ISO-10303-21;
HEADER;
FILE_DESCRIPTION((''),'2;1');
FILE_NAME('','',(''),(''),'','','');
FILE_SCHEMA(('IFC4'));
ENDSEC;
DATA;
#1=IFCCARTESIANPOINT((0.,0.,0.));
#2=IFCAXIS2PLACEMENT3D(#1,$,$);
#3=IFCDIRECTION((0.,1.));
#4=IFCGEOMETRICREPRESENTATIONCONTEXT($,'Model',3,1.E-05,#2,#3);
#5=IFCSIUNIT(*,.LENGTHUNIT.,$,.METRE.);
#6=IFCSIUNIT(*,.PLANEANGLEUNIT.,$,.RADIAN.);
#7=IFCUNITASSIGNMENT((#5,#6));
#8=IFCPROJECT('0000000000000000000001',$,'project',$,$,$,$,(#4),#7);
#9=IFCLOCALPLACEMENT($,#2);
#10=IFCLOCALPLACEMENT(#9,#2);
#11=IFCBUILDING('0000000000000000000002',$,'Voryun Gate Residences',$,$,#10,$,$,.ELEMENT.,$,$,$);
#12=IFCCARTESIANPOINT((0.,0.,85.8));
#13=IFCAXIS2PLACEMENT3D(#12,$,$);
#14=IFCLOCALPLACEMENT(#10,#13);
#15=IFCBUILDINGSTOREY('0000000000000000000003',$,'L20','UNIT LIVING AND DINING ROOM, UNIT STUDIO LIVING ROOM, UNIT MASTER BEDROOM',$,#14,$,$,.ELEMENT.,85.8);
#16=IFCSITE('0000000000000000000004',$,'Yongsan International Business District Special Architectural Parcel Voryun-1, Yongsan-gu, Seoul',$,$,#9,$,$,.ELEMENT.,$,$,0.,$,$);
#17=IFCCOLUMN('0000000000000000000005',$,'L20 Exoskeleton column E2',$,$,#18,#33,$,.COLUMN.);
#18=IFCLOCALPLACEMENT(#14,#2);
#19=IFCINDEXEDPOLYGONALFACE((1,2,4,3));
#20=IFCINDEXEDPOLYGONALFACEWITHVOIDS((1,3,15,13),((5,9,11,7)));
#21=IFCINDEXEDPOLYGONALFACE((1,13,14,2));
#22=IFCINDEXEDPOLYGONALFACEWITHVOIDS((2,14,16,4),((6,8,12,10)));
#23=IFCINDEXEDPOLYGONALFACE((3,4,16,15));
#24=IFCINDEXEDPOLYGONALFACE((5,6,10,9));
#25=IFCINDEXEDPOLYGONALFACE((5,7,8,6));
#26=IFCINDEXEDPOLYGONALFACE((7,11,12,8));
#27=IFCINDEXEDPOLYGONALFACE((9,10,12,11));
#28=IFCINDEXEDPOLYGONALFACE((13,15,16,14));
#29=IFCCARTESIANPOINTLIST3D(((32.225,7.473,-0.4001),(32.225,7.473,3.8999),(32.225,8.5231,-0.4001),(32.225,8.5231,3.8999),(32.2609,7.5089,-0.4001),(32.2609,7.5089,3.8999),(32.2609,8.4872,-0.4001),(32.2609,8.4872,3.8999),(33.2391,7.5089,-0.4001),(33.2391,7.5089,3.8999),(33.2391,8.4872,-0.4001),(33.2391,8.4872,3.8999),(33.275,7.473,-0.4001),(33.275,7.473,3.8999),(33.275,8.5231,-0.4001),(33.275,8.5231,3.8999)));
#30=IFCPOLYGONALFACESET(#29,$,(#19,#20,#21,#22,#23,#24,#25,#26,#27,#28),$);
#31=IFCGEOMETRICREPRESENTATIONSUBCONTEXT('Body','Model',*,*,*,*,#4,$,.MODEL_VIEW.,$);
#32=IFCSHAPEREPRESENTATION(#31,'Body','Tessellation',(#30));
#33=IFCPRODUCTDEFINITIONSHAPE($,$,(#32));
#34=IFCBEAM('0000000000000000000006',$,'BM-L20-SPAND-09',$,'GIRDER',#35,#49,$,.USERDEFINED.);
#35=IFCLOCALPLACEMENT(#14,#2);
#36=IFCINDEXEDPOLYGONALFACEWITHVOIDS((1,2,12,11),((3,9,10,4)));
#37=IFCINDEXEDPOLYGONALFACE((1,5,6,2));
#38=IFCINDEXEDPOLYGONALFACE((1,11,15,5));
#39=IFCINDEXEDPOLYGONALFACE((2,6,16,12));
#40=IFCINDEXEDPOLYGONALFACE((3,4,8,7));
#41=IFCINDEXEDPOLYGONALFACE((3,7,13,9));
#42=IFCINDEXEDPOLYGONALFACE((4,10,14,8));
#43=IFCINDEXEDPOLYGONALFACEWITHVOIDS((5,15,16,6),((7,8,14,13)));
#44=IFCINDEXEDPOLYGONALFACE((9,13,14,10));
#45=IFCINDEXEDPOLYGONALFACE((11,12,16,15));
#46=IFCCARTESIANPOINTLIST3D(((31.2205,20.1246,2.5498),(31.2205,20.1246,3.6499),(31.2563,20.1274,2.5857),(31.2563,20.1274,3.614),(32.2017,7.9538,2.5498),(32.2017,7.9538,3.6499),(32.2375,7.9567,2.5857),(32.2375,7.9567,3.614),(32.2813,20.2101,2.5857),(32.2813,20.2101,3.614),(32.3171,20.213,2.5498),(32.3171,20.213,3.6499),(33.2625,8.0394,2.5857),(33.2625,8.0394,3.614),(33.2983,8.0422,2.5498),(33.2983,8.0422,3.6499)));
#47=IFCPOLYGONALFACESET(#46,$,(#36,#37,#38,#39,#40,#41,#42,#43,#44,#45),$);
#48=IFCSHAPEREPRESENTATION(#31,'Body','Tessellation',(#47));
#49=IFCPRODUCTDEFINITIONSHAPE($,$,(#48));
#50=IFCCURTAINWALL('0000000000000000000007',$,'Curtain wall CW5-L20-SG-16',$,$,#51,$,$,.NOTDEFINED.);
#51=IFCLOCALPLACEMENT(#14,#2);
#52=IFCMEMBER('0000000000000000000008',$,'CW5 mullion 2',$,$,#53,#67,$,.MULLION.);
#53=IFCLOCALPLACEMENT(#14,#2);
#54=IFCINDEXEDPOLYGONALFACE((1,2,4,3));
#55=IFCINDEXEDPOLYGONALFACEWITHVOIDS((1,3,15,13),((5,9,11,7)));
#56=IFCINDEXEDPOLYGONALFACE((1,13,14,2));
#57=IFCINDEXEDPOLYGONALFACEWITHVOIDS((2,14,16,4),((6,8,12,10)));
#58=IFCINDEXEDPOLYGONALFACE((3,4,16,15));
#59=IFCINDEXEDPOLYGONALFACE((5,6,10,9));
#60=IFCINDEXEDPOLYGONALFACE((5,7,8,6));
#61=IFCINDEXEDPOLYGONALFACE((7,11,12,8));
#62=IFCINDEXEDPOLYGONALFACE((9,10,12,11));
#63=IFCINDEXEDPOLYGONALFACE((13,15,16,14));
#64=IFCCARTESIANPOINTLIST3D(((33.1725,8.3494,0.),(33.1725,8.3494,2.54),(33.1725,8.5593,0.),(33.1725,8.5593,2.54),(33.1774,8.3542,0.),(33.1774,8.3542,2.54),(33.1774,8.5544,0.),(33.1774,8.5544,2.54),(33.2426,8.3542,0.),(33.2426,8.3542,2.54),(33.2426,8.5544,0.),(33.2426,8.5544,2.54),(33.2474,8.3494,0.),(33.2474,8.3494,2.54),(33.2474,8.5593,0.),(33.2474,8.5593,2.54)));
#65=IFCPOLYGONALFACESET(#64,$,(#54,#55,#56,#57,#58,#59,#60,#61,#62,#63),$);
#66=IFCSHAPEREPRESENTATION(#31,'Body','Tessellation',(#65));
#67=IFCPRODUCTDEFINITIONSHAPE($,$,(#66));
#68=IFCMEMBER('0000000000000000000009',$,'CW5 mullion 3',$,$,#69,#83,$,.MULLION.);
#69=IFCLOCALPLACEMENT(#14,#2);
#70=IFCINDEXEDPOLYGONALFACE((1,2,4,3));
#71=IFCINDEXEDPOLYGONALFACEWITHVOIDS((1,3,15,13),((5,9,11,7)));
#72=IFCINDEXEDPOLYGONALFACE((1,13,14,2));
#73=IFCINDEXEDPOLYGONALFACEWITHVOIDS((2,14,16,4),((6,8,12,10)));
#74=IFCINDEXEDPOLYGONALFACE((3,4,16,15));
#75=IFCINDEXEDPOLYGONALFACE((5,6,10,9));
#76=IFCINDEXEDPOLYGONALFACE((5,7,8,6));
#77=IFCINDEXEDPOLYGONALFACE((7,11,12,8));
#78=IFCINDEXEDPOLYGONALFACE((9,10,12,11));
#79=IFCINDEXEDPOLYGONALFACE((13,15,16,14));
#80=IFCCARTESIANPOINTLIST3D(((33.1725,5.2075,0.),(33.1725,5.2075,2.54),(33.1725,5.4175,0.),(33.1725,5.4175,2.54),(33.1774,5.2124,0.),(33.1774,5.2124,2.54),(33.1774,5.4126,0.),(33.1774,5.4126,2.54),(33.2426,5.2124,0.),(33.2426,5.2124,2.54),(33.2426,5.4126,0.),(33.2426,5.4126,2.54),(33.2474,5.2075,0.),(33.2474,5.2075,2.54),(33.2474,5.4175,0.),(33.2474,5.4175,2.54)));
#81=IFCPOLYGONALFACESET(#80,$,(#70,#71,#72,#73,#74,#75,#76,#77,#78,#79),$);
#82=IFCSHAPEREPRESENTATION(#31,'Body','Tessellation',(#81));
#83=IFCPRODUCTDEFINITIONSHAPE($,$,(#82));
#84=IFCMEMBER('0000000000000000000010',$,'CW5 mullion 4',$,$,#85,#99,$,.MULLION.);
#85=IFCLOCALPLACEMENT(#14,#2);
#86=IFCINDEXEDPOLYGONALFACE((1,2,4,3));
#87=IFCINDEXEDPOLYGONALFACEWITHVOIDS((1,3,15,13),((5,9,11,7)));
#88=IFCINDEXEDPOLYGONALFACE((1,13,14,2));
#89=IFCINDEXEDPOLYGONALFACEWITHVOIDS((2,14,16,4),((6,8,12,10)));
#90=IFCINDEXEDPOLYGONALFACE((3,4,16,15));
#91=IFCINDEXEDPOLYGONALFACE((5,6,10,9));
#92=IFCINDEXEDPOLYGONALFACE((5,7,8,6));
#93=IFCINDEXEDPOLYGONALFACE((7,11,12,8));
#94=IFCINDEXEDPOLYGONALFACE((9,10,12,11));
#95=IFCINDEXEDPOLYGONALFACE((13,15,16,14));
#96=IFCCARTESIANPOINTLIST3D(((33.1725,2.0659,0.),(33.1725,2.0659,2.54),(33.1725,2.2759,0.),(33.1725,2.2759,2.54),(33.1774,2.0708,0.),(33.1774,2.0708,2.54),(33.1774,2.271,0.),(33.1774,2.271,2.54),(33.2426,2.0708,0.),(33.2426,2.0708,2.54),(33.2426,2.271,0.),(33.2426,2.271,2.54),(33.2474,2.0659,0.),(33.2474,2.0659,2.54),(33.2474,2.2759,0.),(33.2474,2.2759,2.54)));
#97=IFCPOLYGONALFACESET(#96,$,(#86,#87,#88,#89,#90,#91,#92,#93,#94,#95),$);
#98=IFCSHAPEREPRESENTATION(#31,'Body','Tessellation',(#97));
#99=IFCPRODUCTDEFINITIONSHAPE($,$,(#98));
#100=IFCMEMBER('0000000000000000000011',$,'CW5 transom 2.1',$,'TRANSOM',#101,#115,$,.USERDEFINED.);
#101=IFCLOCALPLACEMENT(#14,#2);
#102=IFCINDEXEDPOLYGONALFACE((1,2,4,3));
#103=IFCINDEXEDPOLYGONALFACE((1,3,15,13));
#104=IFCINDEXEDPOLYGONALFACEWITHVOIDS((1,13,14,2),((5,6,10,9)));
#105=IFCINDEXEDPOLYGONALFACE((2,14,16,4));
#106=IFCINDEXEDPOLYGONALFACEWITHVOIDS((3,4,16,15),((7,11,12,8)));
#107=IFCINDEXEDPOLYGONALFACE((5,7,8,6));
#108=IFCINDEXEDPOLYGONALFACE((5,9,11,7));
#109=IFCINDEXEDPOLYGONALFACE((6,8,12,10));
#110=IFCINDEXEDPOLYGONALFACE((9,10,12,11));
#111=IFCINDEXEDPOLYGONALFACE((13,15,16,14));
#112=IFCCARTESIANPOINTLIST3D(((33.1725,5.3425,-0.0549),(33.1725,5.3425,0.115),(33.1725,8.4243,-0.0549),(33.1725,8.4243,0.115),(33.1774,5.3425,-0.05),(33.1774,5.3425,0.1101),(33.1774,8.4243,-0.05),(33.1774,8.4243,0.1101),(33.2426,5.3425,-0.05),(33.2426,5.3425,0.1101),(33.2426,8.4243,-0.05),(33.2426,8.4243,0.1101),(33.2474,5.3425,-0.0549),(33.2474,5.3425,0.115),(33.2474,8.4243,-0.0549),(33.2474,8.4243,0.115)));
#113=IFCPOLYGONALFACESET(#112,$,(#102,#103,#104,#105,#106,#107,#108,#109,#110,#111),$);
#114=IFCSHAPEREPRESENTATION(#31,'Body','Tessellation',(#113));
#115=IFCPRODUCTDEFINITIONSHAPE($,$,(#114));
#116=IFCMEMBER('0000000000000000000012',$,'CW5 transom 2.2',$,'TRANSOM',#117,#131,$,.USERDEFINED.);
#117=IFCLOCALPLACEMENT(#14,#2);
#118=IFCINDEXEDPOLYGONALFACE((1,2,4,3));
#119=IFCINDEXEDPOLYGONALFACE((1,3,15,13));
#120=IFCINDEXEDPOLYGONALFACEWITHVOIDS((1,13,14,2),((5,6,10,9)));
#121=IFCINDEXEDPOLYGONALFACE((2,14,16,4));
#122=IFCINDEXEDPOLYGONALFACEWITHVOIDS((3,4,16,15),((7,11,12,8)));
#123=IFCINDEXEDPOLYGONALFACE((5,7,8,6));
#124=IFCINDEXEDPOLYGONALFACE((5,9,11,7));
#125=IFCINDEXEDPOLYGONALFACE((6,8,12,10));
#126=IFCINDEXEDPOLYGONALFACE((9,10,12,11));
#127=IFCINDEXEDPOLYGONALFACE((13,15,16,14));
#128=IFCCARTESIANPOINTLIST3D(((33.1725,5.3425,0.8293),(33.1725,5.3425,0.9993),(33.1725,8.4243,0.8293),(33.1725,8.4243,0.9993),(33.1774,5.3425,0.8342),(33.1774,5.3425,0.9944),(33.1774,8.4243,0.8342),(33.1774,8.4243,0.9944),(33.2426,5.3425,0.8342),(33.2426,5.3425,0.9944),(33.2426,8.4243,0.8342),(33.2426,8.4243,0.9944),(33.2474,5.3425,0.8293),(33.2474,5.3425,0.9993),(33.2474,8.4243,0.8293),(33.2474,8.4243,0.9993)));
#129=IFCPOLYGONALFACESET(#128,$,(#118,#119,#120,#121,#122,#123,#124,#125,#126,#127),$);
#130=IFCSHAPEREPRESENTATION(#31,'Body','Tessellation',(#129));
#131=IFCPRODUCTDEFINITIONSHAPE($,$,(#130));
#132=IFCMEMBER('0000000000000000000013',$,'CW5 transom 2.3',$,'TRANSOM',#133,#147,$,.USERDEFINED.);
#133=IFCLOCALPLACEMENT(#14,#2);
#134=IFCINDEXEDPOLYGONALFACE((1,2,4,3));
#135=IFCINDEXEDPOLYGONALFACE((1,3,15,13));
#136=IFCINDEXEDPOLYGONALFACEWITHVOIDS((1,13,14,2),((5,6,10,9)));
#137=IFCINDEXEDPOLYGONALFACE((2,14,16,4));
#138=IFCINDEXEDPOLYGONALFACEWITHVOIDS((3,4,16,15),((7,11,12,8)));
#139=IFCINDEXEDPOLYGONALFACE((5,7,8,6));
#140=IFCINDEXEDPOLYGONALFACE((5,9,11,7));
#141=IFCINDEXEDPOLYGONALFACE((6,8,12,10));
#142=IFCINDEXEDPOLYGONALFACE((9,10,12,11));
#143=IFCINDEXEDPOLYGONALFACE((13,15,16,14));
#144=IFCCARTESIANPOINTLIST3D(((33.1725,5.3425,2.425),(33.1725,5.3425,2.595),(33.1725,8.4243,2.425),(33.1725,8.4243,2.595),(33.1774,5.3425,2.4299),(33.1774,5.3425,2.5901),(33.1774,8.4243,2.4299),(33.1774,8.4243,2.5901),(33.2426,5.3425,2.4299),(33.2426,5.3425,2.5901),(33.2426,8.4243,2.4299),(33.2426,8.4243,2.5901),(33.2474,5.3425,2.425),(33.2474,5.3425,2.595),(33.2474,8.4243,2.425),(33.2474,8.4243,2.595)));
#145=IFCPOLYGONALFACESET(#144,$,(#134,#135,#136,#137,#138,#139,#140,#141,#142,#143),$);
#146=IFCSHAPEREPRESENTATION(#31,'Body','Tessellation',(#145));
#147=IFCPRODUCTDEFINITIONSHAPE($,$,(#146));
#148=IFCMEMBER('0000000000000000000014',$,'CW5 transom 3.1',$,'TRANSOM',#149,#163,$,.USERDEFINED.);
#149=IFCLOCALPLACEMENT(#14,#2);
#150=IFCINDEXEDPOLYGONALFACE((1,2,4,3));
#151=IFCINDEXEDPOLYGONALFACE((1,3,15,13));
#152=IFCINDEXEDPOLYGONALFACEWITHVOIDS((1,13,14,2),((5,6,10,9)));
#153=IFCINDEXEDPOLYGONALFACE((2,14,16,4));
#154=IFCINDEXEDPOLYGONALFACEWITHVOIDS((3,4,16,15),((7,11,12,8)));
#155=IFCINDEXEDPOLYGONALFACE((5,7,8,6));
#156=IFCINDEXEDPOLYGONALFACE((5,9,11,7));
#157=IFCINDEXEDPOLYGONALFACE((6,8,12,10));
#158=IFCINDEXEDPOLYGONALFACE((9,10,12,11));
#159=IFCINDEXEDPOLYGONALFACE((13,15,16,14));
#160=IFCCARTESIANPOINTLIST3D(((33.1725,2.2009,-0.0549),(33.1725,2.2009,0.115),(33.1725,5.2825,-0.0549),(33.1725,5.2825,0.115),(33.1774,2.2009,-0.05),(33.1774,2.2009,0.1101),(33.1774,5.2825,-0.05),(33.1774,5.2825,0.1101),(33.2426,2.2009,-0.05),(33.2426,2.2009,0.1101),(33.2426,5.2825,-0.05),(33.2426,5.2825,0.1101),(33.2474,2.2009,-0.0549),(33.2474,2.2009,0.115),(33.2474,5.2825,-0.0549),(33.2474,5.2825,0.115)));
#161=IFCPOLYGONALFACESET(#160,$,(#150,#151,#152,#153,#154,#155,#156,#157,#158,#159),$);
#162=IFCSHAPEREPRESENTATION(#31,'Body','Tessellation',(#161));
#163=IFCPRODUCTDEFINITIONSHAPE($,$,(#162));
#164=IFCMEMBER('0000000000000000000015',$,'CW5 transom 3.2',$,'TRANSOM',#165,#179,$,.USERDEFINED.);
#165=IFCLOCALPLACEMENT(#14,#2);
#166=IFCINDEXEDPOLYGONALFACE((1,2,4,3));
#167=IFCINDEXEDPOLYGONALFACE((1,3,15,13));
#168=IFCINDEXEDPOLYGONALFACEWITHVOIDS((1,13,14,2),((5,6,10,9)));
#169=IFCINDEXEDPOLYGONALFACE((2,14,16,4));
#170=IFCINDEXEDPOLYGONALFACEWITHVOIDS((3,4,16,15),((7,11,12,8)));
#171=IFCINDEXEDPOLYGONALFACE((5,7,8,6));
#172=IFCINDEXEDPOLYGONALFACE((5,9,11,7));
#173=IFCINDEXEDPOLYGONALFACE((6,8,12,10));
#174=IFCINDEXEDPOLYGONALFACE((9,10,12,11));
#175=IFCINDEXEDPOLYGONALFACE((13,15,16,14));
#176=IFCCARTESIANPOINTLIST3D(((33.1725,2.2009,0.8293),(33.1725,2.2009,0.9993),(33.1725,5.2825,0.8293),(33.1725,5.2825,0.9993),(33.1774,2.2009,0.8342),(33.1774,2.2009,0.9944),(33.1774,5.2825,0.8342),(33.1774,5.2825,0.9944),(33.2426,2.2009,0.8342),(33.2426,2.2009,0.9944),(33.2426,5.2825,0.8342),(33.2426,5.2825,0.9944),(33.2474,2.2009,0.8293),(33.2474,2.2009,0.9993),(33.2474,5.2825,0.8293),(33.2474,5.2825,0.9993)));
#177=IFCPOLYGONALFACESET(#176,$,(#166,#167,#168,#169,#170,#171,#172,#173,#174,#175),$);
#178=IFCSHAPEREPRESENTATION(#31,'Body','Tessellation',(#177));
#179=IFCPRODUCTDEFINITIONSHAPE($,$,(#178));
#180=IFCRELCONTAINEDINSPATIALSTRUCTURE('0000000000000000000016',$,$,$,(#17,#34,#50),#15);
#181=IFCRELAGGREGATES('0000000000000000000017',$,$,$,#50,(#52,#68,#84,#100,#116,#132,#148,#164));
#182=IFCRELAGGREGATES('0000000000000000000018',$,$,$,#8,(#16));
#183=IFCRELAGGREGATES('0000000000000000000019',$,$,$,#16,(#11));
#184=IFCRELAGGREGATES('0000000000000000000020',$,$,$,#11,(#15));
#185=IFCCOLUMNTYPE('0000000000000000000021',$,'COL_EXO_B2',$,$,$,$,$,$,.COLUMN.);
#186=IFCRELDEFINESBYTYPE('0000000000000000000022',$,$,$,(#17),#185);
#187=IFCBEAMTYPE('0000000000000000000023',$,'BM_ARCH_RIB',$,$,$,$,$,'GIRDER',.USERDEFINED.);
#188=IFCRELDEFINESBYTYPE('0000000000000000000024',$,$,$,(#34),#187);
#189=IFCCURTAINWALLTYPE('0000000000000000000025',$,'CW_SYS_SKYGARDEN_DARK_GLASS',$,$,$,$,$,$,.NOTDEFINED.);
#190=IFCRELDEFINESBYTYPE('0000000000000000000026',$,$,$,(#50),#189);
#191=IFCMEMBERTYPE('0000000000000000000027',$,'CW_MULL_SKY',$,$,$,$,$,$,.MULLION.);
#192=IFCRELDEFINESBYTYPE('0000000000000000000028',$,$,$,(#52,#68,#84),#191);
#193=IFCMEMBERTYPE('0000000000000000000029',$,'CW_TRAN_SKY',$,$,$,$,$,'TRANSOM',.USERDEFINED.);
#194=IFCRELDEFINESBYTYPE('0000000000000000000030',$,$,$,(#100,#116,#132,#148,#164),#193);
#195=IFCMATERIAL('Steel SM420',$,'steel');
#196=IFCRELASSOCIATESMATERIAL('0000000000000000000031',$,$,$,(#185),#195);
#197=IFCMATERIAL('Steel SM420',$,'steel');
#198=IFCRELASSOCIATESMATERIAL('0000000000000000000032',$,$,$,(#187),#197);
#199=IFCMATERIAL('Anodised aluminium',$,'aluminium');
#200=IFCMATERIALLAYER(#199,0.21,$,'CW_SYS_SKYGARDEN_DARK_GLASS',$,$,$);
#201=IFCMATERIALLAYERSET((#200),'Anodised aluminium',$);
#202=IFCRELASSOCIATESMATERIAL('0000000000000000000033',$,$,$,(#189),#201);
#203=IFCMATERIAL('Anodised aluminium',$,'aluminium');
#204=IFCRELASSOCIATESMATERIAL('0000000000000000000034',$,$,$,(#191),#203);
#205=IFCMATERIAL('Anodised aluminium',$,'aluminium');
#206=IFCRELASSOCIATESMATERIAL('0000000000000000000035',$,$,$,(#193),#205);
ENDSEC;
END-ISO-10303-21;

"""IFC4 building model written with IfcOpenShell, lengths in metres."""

from ifc_helpers import new_model, si_unit, direction, frame, origin, origin_2d, place, context, subcontext, project, spatial, hollow_rectangle, extrude, material, layer, layer_set, material_profile, profile_set, type_object, element, aggregate, save


model = new_model("IFC4")

# Units and contexts
model_context = context("Model", 3, precision=1e-05, world=origin(), true_north=direction((0.0, 1.0)))
body_context = subcontext(model_context, "Body", "Model", "MODEL_VIEW")
ifc_project = project(units=[si_unit("LENGTHUNIT", "METRE"), si_unit("PLANEANGLEUNIT", "RADIAN")], contexts=[model_context])

# Site, building, storey
site_placement = place(None, origin())
site = spatial("IfcSite", under=ifc_project, at=site_placement, Name="Yongsan International Business District Special Architectural Parcel Voryun-1, Yongsan-gu, Seoul", CompositionType="ELEMENT", RefElevation=0.0)
building_placement = place(site_placement, origin())
building = spatial("IfcBuilding", under=site, at=building_placement, Name="Voryun Gate Residences", CompositionType="ELEMENT")
storey_placement = place(building_placement, frame((0.0, 0.0, 85.8)))
storey = spatial("IfcBuildingStorey", under=building, at=storey_placement, Name="L20", Description="UNIT LIVING AND DINING ROOM, UNIT STUDIO LIVING ROOM, UNIT MASTER BEDROOM", CompositionType="ELEMENT", Elevation=85.8)

# Column
ifc_material_1 = material(Name="Steel SM420", Category="steel")
ifc_material_profile_1 = material_profile(ifc_material_1, hollow_rectangle(XDim=1.05, YDim=1.05, WallThickness=0.0359, at=origin_2d()), Name="BOX-1050x1050x36")
ifc_profile_set_1 = profile_set([ifc_material_profile_1], Name="Steel SM420")
column_type = type_object("IfcColumnType", Name="COL_EXO_B2", PredefinedType="COLUMN", material=ifc_profile_set_1)
column_placement = place(storey_placement, frame((32.75, 7.998, -0.4001), z_axis=(0.0, 0.0, 1.0), x_axis=(1.0, 0.0, 0.0)))
element("IfcColumn", 1, at=column_placement, inside=storey, type_object=column_type, Name="L20 Exoskeleton column E2", PredefinedType="COLUMN", context=body_context, shape_type="SweptSolid", body=[
    extrude(hollow_rectangle(XDim=1.05, YDim=1.05, WallThickness=0.0359, at=origin_2d()), origin(), (0.0, 0.0, 1.0), 4.3),
])

# Beam
ifc_material_2 = material(Name="Steel SM420", Category="steel")
ifc_material_profile_2 = material_profile(ifc_material_2, hollow_rectangle(XDim=1.1001, YDim=1.1001, WallThickness=0.0359, at=origin_2d()), Name="BOX-1100x1100x36")
ifc_profile_set_2 = profile_set([ifc_material_profile_2], Name="Steel SM420")
beam_type = type_object("IfcBeamType", Name="BM_ARCH_RIB", ElementType="GIRDER", PredefinedType="USERDEFINED", material=ifc_profile_set_2)
beam_placement = place(storey_placement, frame((32.75, 7.998, 3.0999), z_axis=(-0.08036, 0.996766, 0.0), x_axis=(-0.996766, -0.08036, 0.0)))
element("IfcBeam", 2, at=beam_placement, inside=storey, type_object=beam_type, Name="BM-L20-SPAND-09", ObjectType="GIRDER", PredefinedType="USERDEFINED", context=body_context, shape_type="SweptSolid", body=[
    extrude(hollow_rectangle(XDim=1.1001, YDim=1.1001, WallThickness=0.0359, at=origin_2d()), origin(), (0.0, 0.0, 1.0), 12.2102),
])

# Curtain wall, members
ifc_material_3 = material(Name="Anodised aluminium", Category="aluminium")
ifc_layer_1 = layer(ifc_material_3, 0.21, Name="CW_SYS_SKYGARDEN_DARK_GLASS")
ifc_layer_set_1 = layer_set([ifc_layer_1], Name="Anodised aluminium")
curtain_wall_type = type_object("IfcCurtainWallType", Name="CW_SYS_SKYGARDEN_DARK_GLASS", PredefinedType="NOTDEFINED", material=ifc_layer_set_1)
curtain_wall_placement = place(storey_placement, origin())
curtain_wall = element("IfcCurtainWall", 3, at=curtain_wall_placement, inside=storey, type_object=curtain_wall_type, Name="Curtain wall CW5-L20-SG-16", PredefinedType="NOTDEFINED")
ifc_material_4 = material(Name="Anodised aluminium", Category="aluminium")
ifc_material_profile_3 = material_profile(ifc_material_4, hollow_rectangle(XDim=0.075, YDim=0.21, WallThickness=0.0049, at=origin_2d()), Name="ALU-MULL-210x75x5")
ifc_profile_set_3 = profile_set([ifc_material_profile_3], Name="Anodised aluminium")
member_type_1 = type_object("IfcMemberType", Name="CW_MULL_SKY", PredefinedType="MULLION", material=ifc_profile_set_3)
member_1_placement = place(storey_placement, frame((33.21, 8.4543, 0.0), z_axis=(0.0, 0.0, 1.0), x_axis=(1.0, 0.0, 0.0)))
member_1 = element("IfcMember", 4, at=member_1_placement, type_object=member_type_1, Name="CW5 mullion 2", PredefinedType="MULLION", context=body_context, shape_type="SweptSolid", body=[
    extrude(hollow_rectangle(XDim=0.075, YDim=0.21, WallThickness=0.0049, at=origin_2d()), origin(), (0.0, 0.0, 1.0), 2.54),
])
member_2_placement = place(storey_placement, frame((33.21, 5.3125, 0.0), z_axis=(0.0, 0.0, 1.0), x_axis=(1.0, 0.0, 0.0)))
member_2 = element("IfcMember", 5, at=member_2_placement, type_object=member_type_1, Name="CW5 mullion 3", PredefinedType="MULLION", context=body_context, shape_type="SweptSolid", body=[
    extrude(hollow_rectangle(XDim=0.075, YDim=0.21, WallThickness=0.0049, at=origin_2d()), origin(), (0.0, 0.0, 1.0), 2.54),
])
member_3_placement = place(storey_placement, frame((33.21, 2.1709, 0.0), z_axis=(0.0, 0.0, 1.0), x_axis=(1.0, 0.0, 0.0)))
member_3 = element("IfcMember", 6, at=member_3_placement, type_object=member_type_1, Name="CW5 mullion 4", PredefinedType="MULLION", context=body_context, shape_type="SweptSolid", body=[
    extrude(hollow_rectangle(XDim=0.075, YDim=0.21, WallThickness=0.0049, at=origin_2d()), origin(), (0.0, 0.0, 1.0), 2.54),
])
ifc_material_5 = material(Name="Anodised aluminium", Category="aluminium")
ifc_material_profile_4 = material_profile(ifc_material_5, hollow_rectangle(XDim=0.075, YDim=0.1699, WallThickness=0.0049, at=origin_2d()), Name="ALU-TRAN-170x75x5")
ifc_profile_set_4 = profile_set([ifc_material_profile_4], Name="Anodised aluminium")
member_type_2 = type_object("IfcMemberType", Name="CW_TRAN_SKY", ElementType="TRANSOM", PredefinedType="USERDEFINED", material=ifc_profile_set_4)
member_4_placement = place(storey_placement, frame((33.21, 8.4243, 0.03), z_axis=(0.0, -1.0, 0.0), x_axis=(1.0, 0.0, 0.0)))
member_4 = element("IfcMember", 7, at=member_4_placement, type_object=member_type_2, Name="CW5 transom 2.1", ObjectType="TRANSOM", PredefinedType="USERDEFINED", context=body_context, shape_type="SweptSolid", body=[
    extrude(hollow_rectangle(XDim=0.075, YDim=0.1699, WallThickness=0.0049, at=origin_2d()), origin(), (0.0, 0.0, 1.0), 3.0818),
])
member_5_placement = place(storey_placement, frame((33.21, 8.4243, 0.9143), z_axis=(0.0, -1.0, 0.0), x_axis=(1.0, 0.0, 0.0)))
member_5 = element("IfcMember", 8, at=member_5_placement, type_object=member_type_2, Name="CW5 transom 2.2", ObjectType="TRANSOM", PredefinedType="USERDEFINED", context=body_context, shape_type="SweptSolid", body=[
    extrude(hollow_rectangle(XDim=0.075, YDim=0.1699, WallThickness=0.0049, at=origin_2d()), origin(), (0.0, 0.0, 1.0), 3.0818),
])
member_6_placement = place(storey_placement, frame((33.21, 8.4243, 2.51), z_axis=(0.0, -1.0, 0.0), x_axis=(1.0, 0.0, 0.0)))
member_6 = element("IfcMember", 9, at=member_6_placement, type_object=member_type_2, Name="CW5 transom 2.3", ObjectType="TRANSOM", PredefinedType="USERDEFINED", context=body_context, shape_type="SweptSolid", body=[
    extrude(hollow_rectangle(XDim=0.075, YDim=0.1699, WallThickness=0.0049, at=origin_2d()), origin(), (0.0, 0.0, 1.0), 3.0818),
])
member_7_placement = place(storey_placement, frame((33.21, 5.2825, 0.03), z_axis=(0.0, -1.0, 0.0), x_axis=(1.0, 0.0, 0.0)))
member_7 = element("IfcMember", 10, at=member_7_placement, type_object=member_type_2, Name="CW5 transom 3.1", ObjectType="TRANSOM", PredefinedType="USERDEFINED", context=body_context, shape_type="SweptSolid", body=[
    extrude(hollow_rectangle(XDim=0.075, YDim=0.1699, WallThickness=0.0049, at=origin_2d()), origin(), (0.0, 0.0, 1.0), 3.0815),
])
member_8_placement = place(storey_placement, frame((33.21, 5.2825, 0.9143), z_axis=(0.0, -1.0, 0.0), x_axis=(1.0, 0.0, 0.0)))
member_8 = element("IfcMember", 11, at=member_8_placement, type_object=member_type_2, Name="CW5 transom 3.2", ObjectType="TRANSOM", PredefinedType="USERDEFINED", context=body_context, shape_type="SweptSolid", body=[
    extrude(hollow_rectangle(XDim=0.075, YDim=0.1699, WallThickness=0.0049, at=origin_2d()), origin(), (0.0, 0.0, 1.0), 3.0815),
])

aggregate(curtain_wall, [member_1, member_2, member_3, member_4, member_5, member_6, member_7, member_8])

save(model, "model.ifc")
